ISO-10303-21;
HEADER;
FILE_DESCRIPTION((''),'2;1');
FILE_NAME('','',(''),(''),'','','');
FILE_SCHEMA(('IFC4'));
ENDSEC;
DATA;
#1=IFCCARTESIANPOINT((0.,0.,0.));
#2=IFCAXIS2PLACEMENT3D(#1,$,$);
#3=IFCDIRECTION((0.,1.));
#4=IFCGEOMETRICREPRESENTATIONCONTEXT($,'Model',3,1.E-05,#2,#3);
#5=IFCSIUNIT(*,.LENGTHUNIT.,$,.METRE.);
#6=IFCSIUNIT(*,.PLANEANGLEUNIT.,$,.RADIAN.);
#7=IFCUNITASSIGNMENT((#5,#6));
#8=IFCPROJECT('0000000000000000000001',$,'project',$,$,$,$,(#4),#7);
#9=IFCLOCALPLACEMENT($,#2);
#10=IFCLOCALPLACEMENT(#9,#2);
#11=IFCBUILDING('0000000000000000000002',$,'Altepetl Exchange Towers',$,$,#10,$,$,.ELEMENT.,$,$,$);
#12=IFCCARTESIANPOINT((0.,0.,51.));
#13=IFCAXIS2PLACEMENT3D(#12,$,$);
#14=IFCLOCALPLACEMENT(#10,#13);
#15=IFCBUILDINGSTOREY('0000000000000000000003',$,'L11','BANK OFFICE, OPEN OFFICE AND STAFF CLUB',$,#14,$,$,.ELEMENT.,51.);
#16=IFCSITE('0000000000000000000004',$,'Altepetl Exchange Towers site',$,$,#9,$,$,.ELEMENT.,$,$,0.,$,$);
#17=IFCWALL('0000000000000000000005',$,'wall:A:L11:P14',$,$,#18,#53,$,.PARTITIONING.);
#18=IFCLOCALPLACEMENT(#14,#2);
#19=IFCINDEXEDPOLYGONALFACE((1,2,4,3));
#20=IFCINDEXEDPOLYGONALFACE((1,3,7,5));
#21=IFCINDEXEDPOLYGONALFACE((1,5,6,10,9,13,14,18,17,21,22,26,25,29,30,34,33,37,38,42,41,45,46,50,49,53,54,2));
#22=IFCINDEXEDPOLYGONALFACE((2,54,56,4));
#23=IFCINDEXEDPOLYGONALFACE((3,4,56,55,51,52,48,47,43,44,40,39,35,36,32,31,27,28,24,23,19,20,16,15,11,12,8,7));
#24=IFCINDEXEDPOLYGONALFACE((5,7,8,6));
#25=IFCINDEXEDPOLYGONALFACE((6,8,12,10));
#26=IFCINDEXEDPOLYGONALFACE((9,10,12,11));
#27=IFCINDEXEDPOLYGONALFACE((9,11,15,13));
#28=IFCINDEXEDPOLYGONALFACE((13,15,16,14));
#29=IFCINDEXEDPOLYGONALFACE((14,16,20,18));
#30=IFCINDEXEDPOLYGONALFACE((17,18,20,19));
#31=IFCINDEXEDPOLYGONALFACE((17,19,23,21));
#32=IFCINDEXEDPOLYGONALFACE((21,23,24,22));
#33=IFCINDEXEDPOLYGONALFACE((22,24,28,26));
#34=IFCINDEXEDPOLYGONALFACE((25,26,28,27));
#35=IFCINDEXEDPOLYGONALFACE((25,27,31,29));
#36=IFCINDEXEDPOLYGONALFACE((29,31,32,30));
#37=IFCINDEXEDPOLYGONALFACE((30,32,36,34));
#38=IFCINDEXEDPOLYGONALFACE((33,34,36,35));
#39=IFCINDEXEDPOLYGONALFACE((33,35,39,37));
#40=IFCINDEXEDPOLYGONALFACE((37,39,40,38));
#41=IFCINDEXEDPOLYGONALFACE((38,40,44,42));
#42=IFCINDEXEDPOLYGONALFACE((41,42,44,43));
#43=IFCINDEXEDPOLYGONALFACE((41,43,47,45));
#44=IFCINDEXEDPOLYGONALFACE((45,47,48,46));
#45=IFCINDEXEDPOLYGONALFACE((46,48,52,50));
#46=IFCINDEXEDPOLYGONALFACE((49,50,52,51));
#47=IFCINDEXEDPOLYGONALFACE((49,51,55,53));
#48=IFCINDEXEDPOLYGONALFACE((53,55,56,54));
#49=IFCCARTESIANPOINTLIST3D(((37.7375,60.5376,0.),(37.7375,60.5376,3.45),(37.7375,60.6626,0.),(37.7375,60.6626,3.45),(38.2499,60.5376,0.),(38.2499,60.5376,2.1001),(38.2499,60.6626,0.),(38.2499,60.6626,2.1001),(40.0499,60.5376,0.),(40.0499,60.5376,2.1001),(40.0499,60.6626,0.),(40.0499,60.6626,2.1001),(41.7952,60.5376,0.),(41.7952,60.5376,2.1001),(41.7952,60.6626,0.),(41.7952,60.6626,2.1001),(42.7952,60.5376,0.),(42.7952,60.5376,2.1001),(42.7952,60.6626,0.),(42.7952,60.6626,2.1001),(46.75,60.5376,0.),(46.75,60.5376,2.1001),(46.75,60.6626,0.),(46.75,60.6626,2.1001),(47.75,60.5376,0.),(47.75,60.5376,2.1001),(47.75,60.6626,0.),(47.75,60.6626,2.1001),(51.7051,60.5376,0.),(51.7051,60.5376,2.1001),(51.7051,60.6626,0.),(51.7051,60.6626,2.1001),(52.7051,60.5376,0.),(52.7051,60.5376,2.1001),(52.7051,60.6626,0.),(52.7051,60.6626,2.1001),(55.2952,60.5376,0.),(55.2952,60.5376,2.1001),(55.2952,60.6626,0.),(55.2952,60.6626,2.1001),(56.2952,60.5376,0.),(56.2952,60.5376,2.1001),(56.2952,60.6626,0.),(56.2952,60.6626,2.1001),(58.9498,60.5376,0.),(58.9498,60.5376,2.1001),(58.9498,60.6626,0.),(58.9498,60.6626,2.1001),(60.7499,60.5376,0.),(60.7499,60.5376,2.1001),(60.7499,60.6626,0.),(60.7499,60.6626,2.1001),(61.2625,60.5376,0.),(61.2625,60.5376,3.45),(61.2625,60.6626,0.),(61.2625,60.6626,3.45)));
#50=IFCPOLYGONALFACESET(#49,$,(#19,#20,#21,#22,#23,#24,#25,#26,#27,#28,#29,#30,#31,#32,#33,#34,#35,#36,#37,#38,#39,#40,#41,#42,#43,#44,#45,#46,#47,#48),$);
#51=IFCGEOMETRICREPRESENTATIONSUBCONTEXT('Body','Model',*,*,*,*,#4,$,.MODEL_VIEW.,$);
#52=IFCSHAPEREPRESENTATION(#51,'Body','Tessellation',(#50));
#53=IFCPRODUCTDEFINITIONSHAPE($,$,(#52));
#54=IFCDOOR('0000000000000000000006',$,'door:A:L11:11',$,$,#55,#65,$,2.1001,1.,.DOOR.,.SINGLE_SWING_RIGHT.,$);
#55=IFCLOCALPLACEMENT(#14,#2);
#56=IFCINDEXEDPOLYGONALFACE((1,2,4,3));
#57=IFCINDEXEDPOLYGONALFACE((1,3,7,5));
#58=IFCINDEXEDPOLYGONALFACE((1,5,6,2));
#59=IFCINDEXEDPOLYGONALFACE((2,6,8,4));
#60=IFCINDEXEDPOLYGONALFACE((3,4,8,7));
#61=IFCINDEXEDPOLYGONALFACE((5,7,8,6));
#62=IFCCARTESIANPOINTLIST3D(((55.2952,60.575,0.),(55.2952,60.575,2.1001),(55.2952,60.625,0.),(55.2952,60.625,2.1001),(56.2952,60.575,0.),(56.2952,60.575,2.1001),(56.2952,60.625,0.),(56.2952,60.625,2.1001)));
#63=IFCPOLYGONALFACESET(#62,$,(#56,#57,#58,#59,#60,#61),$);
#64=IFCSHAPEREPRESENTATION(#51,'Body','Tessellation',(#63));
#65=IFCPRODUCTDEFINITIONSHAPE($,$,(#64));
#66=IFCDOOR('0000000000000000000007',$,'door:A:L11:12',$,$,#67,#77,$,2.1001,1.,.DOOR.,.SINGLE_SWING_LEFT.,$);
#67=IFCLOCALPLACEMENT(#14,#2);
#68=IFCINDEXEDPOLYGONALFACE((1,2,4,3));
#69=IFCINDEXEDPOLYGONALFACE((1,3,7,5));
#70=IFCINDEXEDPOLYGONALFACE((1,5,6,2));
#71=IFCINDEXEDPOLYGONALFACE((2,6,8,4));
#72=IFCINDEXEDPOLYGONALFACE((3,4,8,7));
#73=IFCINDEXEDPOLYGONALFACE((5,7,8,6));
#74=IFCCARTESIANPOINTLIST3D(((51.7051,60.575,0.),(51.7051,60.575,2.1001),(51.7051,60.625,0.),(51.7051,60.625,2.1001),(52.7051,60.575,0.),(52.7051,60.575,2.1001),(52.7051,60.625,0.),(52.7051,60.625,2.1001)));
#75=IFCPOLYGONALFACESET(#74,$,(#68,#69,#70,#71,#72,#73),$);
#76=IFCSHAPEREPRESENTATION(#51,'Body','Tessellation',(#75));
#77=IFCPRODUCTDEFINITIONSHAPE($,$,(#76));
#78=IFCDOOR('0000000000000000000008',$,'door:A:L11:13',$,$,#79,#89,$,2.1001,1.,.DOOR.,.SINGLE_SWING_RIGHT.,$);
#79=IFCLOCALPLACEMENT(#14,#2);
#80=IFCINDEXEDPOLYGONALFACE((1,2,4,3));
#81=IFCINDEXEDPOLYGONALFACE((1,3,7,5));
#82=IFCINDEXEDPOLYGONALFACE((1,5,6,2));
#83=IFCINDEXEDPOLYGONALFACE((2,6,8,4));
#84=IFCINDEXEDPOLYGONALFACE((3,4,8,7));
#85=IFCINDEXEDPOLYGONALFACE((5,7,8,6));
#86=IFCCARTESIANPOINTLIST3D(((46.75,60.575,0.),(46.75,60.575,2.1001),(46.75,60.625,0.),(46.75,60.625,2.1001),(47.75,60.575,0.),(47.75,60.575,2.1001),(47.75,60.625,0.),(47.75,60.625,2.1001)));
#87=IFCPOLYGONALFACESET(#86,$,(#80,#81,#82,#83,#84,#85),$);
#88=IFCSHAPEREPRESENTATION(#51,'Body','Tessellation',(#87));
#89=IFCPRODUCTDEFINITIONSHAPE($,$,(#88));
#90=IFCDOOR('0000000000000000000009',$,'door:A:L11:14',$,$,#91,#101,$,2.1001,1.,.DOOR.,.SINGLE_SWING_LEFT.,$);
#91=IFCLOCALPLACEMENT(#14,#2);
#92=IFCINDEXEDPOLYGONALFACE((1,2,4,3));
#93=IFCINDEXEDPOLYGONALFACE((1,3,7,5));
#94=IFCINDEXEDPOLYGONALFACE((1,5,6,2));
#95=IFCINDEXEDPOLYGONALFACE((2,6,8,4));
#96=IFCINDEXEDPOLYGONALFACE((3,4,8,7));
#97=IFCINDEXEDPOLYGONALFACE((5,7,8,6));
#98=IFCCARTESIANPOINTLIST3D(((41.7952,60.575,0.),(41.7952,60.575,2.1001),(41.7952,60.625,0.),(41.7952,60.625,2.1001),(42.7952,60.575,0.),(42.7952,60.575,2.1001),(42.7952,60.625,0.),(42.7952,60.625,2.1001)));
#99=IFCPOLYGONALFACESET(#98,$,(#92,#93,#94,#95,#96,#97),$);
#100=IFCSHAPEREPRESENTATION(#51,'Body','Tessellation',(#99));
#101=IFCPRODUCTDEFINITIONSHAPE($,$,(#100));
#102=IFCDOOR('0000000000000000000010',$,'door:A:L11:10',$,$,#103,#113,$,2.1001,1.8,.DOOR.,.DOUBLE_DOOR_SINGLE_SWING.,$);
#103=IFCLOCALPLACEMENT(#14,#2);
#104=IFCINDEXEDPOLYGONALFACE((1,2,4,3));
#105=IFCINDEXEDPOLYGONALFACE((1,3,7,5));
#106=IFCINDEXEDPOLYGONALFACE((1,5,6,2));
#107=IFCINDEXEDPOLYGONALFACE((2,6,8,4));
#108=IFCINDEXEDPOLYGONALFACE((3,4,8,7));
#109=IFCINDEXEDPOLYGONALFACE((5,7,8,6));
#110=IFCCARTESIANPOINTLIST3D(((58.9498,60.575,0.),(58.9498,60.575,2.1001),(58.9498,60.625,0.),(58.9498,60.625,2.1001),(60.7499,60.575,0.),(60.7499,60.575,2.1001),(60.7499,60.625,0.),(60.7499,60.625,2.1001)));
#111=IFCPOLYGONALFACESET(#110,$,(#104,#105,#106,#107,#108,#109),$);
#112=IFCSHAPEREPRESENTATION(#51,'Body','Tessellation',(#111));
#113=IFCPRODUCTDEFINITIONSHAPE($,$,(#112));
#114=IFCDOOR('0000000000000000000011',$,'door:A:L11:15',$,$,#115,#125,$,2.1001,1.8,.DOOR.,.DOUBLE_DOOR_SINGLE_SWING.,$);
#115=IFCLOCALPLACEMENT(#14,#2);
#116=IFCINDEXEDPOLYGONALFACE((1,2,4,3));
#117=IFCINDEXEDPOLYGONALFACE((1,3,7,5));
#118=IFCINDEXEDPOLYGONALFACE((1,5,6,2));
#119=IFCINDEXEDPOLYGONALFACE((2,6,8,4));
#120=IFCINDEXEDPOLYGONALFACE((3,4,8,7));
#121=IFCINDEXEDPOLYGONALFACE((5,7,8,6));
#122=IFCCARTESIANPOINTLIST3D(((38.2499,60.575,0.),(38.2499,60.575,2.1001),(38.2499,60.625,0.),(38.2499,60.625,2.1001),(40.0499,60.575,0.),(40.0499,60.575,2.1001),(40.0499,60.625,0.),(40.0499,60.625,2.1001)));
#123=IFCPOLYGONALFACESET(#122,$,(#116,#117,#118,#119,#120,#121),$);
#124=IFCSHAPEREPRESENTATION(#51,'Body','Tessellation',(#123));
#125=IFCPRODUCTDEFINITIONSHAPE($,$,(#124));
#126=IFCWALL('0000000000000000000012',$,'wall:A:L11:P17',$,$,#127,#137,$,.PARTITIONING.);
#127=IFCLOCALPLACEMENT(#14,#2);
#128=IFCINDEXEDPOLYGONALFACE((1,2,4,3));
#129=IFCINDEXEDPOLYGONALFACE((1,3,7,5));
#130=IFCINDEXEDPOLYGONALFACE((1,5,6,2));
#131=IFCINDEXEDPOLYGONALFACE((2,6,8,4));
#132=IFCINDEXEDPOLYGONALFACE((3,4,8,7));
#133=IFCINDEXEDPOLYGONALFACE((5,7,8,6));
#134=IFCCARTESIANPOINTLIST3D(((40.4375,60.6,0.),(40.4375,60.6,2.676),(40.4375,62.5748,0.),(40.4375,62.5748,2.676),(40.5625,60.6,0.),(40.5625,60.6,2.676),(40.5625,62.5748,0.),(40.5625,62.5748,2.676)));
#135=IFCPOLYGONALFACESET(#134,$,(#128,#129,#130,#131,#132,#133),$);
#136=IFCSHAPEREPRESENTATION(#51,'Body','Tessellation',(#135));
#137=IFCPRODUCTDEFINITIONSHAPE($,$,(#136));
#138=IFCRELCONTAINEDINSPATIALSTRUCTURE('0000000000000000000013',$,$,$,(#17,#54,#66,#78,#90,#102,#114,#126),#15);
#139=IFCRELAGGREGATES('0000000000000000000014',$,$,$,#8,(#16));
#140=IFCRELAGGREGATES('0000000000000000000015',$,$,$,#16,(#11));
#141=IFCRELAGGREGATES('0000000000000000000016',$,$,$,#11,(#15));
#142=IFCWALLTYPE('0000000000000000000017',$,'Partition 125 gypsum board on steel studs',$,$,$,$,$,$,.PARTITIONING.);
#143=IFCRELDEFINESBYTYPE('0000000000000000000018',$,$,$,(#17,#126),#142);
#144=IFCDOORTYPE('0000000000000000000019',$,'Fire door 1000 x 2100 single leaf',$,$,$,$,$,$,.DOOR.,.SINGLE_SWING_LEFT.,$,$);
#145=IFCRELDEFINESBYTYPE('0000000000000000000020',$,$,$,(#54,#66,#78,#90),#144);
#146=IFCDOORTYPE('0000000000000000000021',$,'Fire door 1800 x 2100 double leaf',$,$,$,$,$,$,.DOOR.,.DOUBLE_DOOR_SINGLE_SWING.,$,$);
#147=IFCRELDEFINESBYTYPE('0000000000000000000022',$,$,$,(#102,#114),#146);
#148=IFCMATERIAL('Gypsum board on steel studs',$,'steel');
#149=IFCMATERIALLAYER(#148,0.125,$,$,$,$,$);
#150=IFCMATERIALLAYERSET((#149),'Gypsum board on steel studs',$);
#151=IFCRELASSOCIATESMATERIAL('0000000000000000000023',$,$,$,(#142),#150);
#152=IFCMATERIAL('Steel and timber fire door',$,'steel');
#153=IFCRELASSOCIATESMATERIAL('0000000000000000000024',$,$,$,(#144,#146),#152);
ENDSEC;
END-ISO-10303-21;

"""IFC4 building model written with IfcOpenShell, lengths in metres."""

from ifc_helpers import new_model, si_unit, direction, frame, frame_2d, origin, place, context, subcontext, project, spatial, rectangle, extrude, material, layer, layer_set, type_object, element, fill, save


model = new_model("IFC4")

# Units and contexts
model_context = context("Model", 3, precision=1e-05, world=origin(), true_north=direction((0.0, 1.0)))
body_context = subcontext(model_context, "Body", "Model", "MODEL_VIEW")
ifc_project = project(units=[si_unit("LENGTHUNIT", "METRE"), si_unit("PLANEANGLEUNIT", "RADIAN")], contexts=[model_context])

# Site, building, storey
site_placement = place(None, origin())
site = spatial("IfcSite", under=ifc_project, at=site_placement, Name="Altepetl Exchange Towers site", CompositionType="ELEMENT", RefElevation=0.0)
building_placement = place(site_placement, origin())
building = spatial("IfcBuilding", under=site, at=building_placement, Name="Altepetl Exchange Towers", CompositionType="ELEMENT")
storey_placement = place(building_placement, frame((0.0, 0.0, 51.0)))
storey = spatial("IfcBuildingStorey", under=building, at=storey_placement, Name="L11", Description="BANK OFFICE, OPEN OFFICE AND STAFF CLUB", CompositionType="ELEMENT", Elevation=51.0)

# Shared definitions
ifc_material_1 = material(Name="Gypsum board on steel studs", Category="steel")
ifc_layer_1 = layer(ifc_material_1, 0.125)
ifc_layer_set_1 = layer_set([ifc_layer_1], Name="Gypsum board on steel studs")
wall_type_1 = type_object("IfcWallType", Name="Partition 125 gypsum board on steel studs", PredefinedType="PARTITIONING", material=ifc_layer_set_1)

# Wall, openings, doors
wall_1_placement = place(storey_placement, frame((37.7375, 60.6001, 0.0)))
wall_1 = element("IfcWall", 1, at=wall_1_placement, inside=storey, type_object=wall_type_1, Name="wall:A:L11:P14", PredefinedType="PARTITIONING", context=body_context, shape_type="SweptSolid", body=[
    extrude(rectangle(XDim=23.5249, YDim=0.125, at=frame_2d((11.7625, 0.0))), origin(), (0.0, 0.0, 1.0), 3.45),
])
opening_1_placement = place(wall_1_placement, frame((21.2124, 0.0, 0.0)))
opening_1 = element("IfcOpeningElement", 2, at=opening_1_placement, cuts=wall_1, PredefinedType="OPENING", context=body_context, shape_type="SweptSolid", body=[
    extrude(rectangle(XDim=1.8, YDim=2.1001, at=frame_2d((0.8999, 1.05))), frame((0.0, 0.0725, 0.0), z_axis=(0.0, -1.0, 0.0), x_axis=(1.0, 0.0, 0.0)), (0.0, 0.0, 1.0), 0.145),
])
opening_2_placement = place(wall_1_placement, frame((17.5576, 0.0, 0.0)))
opening_2 = element("IfcOpeningElement", 3, at=opening_2_placement, cuts=wall_1, PredefinedType="OPENING", context=body_context, shape_type="SweptSolid", body=[
    extrude(rectangle(XDim=1.0, YDim=2.1001, at=frame_2d((0.5, 1.05))), frame((0.0, 0.0725, 0.0), z_axis=(0.0, -1.0, 0.0), x_axis=(1.0, 0.0, 0.0)), (0.0, 0.0, 1.0), 0.145),
])
opening_3_placement = place(wall_1_placement, frame((13.9675, 0.0, 0.0)))
opening_3 = element("IfcOpeningElement", 4, at=opening_3_placement, cuts=wall_1, PredefinedType="OPENING", context=body_context, shape_type="SweptSolid", body=[
    extrude(rectangle(XDim=1.0, YDim=2.1001, at=frame_2d((0.5, 1.05))), frame((0.0, 0.0725, 0.0), z_axis=(0.0, -1.0, 0.0), x_axis=(1.0, 0.0, 0.0)), (0.0, 0.0, 1.0), 0.145),
])
opening_4_placement = place(wall_1_placement, frame((9.0125, 0.0, 0.0)))
opening_4 = element("IfcOpeningElement", 5, at=opening_4_placement, cuts=wall_1, PredefinedType="OPENING", context=body_context, shape_type="SweptSolid", body=[
    extrude(rectangle(XDim=1.0, YDim=2.1001, at=frame_2d((0.5, 1.05))), frame((0.0, 0.0725, 0.0), z_axis=(0.0, -1.0, 0.0), x_axis=(1.0, 0.0, 0.0)), (0.0, 0.0, 1.0), 0.145),
])
opening_5_placement = place(wall_1_placement, frame((4.0576, 0.0, 0.0)))
opening_5 = element("IfcOpeningElement", 6, at=opening_5_placement, cuts=wall_1, PredefinedType="OPENING", context=body_context, shape_type="SweptSolid", body=[
    extrude(rectangle(XDim=1.0, YDim=2.1001, at=frame_2d((0.5, 1.05))), frame((0.0, 0.0725, 0.0), z_axis=(0.0, -1.0, 0.0), x_axis=(1.0, 0.0, 0.0)), (0.0, 0.0, 1.0), 0.145),
])
opening_6_placement = place(wall_1_placement, frame((0.5125, 0.0, 0.0)))
opening_6 = element("IfcOpeningElement", 7, at=opening_6_placement, cuts=wall_1, PredefinedType="OPENING", context=body_context, shape_type="SweptSolid", body=[
    extrude(rectangle(XDim=1.8, YDim=2.1001, at=frame_2d((0.8999, 1.05))), frame((0.0, 0.0725, 0.0), z_axis=(0.0, -1.0, 0.0), x_axis=(1.0, 0.0, 0.0)), (0.0, 0.0, 1.0), 0.145),
])
ifc_material_2 = material(Name="Steel and timber fire door", Category="steel")
door_type_1 = type_object("IfcDoorType", Name="Fire door 1000 x 2100 single leaf", OperationType="SINGLE_SWING_LEFT", PredefinedType="DOOR", material=ifc_material_2)
door_1_placement = place(opening_2_placement, origin())
door_1 = element("IfcDoor", 8, at=door_1_placement, inside=storey, type_object=door_type_1, Name="door:A:L11:11", OperationType="SINGLE_SWING_RIGHT", OverallHeight=2.1001, OverallWidth=1.0, PredefinedType="DOOR", context=body_context, shape_type="SweptSolid", body=[
    extrude(rectangle(XDim=1.0, YDim=2.1001, at=frame_2d((0.5, 1.05))), frame((0.0, 0.0249, 0.0), z_axis=(0.0, -1.0, 0.0), x_axis=(1.0, 0.0, 0.0)), (0.0, 0.0, 1.0), 0.05),
])
fill(opening_2, door_1)
door_2_placement = place(opening_3_placement, origin())
door_2 = element("IfcDoor", 9, at=door_2_placement, inside=storey, type_object=door_type_1, Name="door:A:L11:12", OperationType="SINGLE_SWING_LEFT", OverallHeight=2.1001, OverallWidth=1.0, PredefinedType="DOOR", context=body_context, shape_type="SweptSolid", body=[
    extrude(rectangle(XDim=1.0, YDim=2.1001, at=frame_2d((0.5, 1.05))), frame((0.0, 0.0249, 0.0), z_axis=(0.0, -1.0, 0.0), x_axis=(1.0, 0.0, 0.0)), (0.0, 0.0, 1.0), 0.05),
])
fill(opening_3, door_2)
door_3_placement = place(opening_4_placement, origin())
door_3 = element("IfcDoor", 10, at=door_3_placement, inside=storey, type_object=door_type_1, Name="door:A:L11:13", OperationType="SINGLE_SWING_RIGHT", OverallHeight=2.1001, OverallWidth=1.0, PredefinedType="DOOR", context=body_context, shape_type="SweptSolid", body=[
    extrude(rectangle(XDim=1.0, YDim=2.1001, at=frame_2d((0.5, 1.05))), frame((0.0, 0.0249, 0.0), z_axis=(0.0, -1.0, 0.0), x_axis=(1.0, 0.0, 0.0)), (0.0, 0.0, 1.0), 0.05),
])
fill(opening_4, door_3)
door_4_placement = place(opening_5_placement, origin())
door_4 = element("IfcDoor", 11, at=door_4_placement, inside=storey, type_object=door_type_1, Name="door:A:L11:14", OperationType="SINGLE_SWING_LEFT", OverallHeight=2.1001, OverallWidth=1.0, PredefinedType="DOOR", context=body_context, shape_type="SweptSolid", body=[
    extrude(rectangle(XDim=1.0, YDim=2.1001, at=frame_2d((0.5, 1.05))), frame((0.0, 0.0249, 0.0), z_axis=(0.0, -1.0, 0.0), x_axis=(1.0, 0.0, 0.0)), (0.0, 0.0, 1.0), 0.05),
])
fill(opening_5, door_4)
door_type_2 = type_object("IfcDoorType", Name="Fire door 1800 x 2100 double leaf", OperationType="DOUBLE_DOOR_SINGLE_SWING", PredefinedType="DOOR", material=ifc_material_2)
door_5_placement = place(opening_1_placement, origin())
door_5 = element("IfcDoor", 12, at=door_5_placement, inside=storey, type_object=door_type_2, Name="door:A:L11:10", OperationType="DOUBLE_DOOR_SINGLE_SWING", OverallHeight=2.1001, OverallWidth=1.8, PredefinedType="DOOR", context=body_context, shape_type="SweptSolid", body=[
    extrude(rectangle(XDim=1.8, YDim=2.1001, at=frame_2d((0.8999, 1.05))), frame((0.0, 0.0249, 0.0), z_axis=(0.0, -1.0, 0.0), x_axis=(1.0, 0.0, 0.0)), (0.0, 0.0, 1.0), 0.05),
])
fill(opening_1, door_5)
door_6_placement = place(opening_6_placement, origin())
door_6 = element("IfcDoor", 13, at=door_6_placement, inside=storey, type_object=door_type_2, Name="door:A:L11:15", OperationType="DOUBLE_DOOR_SINGLE_SWING", OverallHeight=2.1001, OverallWidth=1.8, PredefinedType="DOOR", context=body_context, shape_type="SweptSolid", body=[
    extrude(rectangle(XDim=1.8, YDim=2.1001, at=frame_2d((0.8999, 1.05))), frame((0.0, 0.0249, 0.0), z_axis=(0.0, -1.0, 0.0), x_axis=(1.0, 0.0, 0.0)), (0.0, 0.0, 1.0), 0.05),
])
fill(opening_6, door_6)

# Wall
wall_2_placement = place(storey_placement, frame((40.5, 60.6001, 0.0), z_axis=(0.0, 0.0, 1.0), x_axis=(0.0, 1.0, 0.0)))
element("IfcWall", 14, at=wall_2_placement, inside=storey, type_object=wall_type_1, Name="wall:A:L11:P17", PredefinedType="PARTITIONING", context=body_context, shape_type="SweptSolid", body=[
    extrude(rectangle(XDim=1.9749, YDim=0.125, at=frame_2d((0.9873, 0.0))), origin(), (0.0, 0.0, 1.0), 2.676),
])

save(model, "model.ifc")
